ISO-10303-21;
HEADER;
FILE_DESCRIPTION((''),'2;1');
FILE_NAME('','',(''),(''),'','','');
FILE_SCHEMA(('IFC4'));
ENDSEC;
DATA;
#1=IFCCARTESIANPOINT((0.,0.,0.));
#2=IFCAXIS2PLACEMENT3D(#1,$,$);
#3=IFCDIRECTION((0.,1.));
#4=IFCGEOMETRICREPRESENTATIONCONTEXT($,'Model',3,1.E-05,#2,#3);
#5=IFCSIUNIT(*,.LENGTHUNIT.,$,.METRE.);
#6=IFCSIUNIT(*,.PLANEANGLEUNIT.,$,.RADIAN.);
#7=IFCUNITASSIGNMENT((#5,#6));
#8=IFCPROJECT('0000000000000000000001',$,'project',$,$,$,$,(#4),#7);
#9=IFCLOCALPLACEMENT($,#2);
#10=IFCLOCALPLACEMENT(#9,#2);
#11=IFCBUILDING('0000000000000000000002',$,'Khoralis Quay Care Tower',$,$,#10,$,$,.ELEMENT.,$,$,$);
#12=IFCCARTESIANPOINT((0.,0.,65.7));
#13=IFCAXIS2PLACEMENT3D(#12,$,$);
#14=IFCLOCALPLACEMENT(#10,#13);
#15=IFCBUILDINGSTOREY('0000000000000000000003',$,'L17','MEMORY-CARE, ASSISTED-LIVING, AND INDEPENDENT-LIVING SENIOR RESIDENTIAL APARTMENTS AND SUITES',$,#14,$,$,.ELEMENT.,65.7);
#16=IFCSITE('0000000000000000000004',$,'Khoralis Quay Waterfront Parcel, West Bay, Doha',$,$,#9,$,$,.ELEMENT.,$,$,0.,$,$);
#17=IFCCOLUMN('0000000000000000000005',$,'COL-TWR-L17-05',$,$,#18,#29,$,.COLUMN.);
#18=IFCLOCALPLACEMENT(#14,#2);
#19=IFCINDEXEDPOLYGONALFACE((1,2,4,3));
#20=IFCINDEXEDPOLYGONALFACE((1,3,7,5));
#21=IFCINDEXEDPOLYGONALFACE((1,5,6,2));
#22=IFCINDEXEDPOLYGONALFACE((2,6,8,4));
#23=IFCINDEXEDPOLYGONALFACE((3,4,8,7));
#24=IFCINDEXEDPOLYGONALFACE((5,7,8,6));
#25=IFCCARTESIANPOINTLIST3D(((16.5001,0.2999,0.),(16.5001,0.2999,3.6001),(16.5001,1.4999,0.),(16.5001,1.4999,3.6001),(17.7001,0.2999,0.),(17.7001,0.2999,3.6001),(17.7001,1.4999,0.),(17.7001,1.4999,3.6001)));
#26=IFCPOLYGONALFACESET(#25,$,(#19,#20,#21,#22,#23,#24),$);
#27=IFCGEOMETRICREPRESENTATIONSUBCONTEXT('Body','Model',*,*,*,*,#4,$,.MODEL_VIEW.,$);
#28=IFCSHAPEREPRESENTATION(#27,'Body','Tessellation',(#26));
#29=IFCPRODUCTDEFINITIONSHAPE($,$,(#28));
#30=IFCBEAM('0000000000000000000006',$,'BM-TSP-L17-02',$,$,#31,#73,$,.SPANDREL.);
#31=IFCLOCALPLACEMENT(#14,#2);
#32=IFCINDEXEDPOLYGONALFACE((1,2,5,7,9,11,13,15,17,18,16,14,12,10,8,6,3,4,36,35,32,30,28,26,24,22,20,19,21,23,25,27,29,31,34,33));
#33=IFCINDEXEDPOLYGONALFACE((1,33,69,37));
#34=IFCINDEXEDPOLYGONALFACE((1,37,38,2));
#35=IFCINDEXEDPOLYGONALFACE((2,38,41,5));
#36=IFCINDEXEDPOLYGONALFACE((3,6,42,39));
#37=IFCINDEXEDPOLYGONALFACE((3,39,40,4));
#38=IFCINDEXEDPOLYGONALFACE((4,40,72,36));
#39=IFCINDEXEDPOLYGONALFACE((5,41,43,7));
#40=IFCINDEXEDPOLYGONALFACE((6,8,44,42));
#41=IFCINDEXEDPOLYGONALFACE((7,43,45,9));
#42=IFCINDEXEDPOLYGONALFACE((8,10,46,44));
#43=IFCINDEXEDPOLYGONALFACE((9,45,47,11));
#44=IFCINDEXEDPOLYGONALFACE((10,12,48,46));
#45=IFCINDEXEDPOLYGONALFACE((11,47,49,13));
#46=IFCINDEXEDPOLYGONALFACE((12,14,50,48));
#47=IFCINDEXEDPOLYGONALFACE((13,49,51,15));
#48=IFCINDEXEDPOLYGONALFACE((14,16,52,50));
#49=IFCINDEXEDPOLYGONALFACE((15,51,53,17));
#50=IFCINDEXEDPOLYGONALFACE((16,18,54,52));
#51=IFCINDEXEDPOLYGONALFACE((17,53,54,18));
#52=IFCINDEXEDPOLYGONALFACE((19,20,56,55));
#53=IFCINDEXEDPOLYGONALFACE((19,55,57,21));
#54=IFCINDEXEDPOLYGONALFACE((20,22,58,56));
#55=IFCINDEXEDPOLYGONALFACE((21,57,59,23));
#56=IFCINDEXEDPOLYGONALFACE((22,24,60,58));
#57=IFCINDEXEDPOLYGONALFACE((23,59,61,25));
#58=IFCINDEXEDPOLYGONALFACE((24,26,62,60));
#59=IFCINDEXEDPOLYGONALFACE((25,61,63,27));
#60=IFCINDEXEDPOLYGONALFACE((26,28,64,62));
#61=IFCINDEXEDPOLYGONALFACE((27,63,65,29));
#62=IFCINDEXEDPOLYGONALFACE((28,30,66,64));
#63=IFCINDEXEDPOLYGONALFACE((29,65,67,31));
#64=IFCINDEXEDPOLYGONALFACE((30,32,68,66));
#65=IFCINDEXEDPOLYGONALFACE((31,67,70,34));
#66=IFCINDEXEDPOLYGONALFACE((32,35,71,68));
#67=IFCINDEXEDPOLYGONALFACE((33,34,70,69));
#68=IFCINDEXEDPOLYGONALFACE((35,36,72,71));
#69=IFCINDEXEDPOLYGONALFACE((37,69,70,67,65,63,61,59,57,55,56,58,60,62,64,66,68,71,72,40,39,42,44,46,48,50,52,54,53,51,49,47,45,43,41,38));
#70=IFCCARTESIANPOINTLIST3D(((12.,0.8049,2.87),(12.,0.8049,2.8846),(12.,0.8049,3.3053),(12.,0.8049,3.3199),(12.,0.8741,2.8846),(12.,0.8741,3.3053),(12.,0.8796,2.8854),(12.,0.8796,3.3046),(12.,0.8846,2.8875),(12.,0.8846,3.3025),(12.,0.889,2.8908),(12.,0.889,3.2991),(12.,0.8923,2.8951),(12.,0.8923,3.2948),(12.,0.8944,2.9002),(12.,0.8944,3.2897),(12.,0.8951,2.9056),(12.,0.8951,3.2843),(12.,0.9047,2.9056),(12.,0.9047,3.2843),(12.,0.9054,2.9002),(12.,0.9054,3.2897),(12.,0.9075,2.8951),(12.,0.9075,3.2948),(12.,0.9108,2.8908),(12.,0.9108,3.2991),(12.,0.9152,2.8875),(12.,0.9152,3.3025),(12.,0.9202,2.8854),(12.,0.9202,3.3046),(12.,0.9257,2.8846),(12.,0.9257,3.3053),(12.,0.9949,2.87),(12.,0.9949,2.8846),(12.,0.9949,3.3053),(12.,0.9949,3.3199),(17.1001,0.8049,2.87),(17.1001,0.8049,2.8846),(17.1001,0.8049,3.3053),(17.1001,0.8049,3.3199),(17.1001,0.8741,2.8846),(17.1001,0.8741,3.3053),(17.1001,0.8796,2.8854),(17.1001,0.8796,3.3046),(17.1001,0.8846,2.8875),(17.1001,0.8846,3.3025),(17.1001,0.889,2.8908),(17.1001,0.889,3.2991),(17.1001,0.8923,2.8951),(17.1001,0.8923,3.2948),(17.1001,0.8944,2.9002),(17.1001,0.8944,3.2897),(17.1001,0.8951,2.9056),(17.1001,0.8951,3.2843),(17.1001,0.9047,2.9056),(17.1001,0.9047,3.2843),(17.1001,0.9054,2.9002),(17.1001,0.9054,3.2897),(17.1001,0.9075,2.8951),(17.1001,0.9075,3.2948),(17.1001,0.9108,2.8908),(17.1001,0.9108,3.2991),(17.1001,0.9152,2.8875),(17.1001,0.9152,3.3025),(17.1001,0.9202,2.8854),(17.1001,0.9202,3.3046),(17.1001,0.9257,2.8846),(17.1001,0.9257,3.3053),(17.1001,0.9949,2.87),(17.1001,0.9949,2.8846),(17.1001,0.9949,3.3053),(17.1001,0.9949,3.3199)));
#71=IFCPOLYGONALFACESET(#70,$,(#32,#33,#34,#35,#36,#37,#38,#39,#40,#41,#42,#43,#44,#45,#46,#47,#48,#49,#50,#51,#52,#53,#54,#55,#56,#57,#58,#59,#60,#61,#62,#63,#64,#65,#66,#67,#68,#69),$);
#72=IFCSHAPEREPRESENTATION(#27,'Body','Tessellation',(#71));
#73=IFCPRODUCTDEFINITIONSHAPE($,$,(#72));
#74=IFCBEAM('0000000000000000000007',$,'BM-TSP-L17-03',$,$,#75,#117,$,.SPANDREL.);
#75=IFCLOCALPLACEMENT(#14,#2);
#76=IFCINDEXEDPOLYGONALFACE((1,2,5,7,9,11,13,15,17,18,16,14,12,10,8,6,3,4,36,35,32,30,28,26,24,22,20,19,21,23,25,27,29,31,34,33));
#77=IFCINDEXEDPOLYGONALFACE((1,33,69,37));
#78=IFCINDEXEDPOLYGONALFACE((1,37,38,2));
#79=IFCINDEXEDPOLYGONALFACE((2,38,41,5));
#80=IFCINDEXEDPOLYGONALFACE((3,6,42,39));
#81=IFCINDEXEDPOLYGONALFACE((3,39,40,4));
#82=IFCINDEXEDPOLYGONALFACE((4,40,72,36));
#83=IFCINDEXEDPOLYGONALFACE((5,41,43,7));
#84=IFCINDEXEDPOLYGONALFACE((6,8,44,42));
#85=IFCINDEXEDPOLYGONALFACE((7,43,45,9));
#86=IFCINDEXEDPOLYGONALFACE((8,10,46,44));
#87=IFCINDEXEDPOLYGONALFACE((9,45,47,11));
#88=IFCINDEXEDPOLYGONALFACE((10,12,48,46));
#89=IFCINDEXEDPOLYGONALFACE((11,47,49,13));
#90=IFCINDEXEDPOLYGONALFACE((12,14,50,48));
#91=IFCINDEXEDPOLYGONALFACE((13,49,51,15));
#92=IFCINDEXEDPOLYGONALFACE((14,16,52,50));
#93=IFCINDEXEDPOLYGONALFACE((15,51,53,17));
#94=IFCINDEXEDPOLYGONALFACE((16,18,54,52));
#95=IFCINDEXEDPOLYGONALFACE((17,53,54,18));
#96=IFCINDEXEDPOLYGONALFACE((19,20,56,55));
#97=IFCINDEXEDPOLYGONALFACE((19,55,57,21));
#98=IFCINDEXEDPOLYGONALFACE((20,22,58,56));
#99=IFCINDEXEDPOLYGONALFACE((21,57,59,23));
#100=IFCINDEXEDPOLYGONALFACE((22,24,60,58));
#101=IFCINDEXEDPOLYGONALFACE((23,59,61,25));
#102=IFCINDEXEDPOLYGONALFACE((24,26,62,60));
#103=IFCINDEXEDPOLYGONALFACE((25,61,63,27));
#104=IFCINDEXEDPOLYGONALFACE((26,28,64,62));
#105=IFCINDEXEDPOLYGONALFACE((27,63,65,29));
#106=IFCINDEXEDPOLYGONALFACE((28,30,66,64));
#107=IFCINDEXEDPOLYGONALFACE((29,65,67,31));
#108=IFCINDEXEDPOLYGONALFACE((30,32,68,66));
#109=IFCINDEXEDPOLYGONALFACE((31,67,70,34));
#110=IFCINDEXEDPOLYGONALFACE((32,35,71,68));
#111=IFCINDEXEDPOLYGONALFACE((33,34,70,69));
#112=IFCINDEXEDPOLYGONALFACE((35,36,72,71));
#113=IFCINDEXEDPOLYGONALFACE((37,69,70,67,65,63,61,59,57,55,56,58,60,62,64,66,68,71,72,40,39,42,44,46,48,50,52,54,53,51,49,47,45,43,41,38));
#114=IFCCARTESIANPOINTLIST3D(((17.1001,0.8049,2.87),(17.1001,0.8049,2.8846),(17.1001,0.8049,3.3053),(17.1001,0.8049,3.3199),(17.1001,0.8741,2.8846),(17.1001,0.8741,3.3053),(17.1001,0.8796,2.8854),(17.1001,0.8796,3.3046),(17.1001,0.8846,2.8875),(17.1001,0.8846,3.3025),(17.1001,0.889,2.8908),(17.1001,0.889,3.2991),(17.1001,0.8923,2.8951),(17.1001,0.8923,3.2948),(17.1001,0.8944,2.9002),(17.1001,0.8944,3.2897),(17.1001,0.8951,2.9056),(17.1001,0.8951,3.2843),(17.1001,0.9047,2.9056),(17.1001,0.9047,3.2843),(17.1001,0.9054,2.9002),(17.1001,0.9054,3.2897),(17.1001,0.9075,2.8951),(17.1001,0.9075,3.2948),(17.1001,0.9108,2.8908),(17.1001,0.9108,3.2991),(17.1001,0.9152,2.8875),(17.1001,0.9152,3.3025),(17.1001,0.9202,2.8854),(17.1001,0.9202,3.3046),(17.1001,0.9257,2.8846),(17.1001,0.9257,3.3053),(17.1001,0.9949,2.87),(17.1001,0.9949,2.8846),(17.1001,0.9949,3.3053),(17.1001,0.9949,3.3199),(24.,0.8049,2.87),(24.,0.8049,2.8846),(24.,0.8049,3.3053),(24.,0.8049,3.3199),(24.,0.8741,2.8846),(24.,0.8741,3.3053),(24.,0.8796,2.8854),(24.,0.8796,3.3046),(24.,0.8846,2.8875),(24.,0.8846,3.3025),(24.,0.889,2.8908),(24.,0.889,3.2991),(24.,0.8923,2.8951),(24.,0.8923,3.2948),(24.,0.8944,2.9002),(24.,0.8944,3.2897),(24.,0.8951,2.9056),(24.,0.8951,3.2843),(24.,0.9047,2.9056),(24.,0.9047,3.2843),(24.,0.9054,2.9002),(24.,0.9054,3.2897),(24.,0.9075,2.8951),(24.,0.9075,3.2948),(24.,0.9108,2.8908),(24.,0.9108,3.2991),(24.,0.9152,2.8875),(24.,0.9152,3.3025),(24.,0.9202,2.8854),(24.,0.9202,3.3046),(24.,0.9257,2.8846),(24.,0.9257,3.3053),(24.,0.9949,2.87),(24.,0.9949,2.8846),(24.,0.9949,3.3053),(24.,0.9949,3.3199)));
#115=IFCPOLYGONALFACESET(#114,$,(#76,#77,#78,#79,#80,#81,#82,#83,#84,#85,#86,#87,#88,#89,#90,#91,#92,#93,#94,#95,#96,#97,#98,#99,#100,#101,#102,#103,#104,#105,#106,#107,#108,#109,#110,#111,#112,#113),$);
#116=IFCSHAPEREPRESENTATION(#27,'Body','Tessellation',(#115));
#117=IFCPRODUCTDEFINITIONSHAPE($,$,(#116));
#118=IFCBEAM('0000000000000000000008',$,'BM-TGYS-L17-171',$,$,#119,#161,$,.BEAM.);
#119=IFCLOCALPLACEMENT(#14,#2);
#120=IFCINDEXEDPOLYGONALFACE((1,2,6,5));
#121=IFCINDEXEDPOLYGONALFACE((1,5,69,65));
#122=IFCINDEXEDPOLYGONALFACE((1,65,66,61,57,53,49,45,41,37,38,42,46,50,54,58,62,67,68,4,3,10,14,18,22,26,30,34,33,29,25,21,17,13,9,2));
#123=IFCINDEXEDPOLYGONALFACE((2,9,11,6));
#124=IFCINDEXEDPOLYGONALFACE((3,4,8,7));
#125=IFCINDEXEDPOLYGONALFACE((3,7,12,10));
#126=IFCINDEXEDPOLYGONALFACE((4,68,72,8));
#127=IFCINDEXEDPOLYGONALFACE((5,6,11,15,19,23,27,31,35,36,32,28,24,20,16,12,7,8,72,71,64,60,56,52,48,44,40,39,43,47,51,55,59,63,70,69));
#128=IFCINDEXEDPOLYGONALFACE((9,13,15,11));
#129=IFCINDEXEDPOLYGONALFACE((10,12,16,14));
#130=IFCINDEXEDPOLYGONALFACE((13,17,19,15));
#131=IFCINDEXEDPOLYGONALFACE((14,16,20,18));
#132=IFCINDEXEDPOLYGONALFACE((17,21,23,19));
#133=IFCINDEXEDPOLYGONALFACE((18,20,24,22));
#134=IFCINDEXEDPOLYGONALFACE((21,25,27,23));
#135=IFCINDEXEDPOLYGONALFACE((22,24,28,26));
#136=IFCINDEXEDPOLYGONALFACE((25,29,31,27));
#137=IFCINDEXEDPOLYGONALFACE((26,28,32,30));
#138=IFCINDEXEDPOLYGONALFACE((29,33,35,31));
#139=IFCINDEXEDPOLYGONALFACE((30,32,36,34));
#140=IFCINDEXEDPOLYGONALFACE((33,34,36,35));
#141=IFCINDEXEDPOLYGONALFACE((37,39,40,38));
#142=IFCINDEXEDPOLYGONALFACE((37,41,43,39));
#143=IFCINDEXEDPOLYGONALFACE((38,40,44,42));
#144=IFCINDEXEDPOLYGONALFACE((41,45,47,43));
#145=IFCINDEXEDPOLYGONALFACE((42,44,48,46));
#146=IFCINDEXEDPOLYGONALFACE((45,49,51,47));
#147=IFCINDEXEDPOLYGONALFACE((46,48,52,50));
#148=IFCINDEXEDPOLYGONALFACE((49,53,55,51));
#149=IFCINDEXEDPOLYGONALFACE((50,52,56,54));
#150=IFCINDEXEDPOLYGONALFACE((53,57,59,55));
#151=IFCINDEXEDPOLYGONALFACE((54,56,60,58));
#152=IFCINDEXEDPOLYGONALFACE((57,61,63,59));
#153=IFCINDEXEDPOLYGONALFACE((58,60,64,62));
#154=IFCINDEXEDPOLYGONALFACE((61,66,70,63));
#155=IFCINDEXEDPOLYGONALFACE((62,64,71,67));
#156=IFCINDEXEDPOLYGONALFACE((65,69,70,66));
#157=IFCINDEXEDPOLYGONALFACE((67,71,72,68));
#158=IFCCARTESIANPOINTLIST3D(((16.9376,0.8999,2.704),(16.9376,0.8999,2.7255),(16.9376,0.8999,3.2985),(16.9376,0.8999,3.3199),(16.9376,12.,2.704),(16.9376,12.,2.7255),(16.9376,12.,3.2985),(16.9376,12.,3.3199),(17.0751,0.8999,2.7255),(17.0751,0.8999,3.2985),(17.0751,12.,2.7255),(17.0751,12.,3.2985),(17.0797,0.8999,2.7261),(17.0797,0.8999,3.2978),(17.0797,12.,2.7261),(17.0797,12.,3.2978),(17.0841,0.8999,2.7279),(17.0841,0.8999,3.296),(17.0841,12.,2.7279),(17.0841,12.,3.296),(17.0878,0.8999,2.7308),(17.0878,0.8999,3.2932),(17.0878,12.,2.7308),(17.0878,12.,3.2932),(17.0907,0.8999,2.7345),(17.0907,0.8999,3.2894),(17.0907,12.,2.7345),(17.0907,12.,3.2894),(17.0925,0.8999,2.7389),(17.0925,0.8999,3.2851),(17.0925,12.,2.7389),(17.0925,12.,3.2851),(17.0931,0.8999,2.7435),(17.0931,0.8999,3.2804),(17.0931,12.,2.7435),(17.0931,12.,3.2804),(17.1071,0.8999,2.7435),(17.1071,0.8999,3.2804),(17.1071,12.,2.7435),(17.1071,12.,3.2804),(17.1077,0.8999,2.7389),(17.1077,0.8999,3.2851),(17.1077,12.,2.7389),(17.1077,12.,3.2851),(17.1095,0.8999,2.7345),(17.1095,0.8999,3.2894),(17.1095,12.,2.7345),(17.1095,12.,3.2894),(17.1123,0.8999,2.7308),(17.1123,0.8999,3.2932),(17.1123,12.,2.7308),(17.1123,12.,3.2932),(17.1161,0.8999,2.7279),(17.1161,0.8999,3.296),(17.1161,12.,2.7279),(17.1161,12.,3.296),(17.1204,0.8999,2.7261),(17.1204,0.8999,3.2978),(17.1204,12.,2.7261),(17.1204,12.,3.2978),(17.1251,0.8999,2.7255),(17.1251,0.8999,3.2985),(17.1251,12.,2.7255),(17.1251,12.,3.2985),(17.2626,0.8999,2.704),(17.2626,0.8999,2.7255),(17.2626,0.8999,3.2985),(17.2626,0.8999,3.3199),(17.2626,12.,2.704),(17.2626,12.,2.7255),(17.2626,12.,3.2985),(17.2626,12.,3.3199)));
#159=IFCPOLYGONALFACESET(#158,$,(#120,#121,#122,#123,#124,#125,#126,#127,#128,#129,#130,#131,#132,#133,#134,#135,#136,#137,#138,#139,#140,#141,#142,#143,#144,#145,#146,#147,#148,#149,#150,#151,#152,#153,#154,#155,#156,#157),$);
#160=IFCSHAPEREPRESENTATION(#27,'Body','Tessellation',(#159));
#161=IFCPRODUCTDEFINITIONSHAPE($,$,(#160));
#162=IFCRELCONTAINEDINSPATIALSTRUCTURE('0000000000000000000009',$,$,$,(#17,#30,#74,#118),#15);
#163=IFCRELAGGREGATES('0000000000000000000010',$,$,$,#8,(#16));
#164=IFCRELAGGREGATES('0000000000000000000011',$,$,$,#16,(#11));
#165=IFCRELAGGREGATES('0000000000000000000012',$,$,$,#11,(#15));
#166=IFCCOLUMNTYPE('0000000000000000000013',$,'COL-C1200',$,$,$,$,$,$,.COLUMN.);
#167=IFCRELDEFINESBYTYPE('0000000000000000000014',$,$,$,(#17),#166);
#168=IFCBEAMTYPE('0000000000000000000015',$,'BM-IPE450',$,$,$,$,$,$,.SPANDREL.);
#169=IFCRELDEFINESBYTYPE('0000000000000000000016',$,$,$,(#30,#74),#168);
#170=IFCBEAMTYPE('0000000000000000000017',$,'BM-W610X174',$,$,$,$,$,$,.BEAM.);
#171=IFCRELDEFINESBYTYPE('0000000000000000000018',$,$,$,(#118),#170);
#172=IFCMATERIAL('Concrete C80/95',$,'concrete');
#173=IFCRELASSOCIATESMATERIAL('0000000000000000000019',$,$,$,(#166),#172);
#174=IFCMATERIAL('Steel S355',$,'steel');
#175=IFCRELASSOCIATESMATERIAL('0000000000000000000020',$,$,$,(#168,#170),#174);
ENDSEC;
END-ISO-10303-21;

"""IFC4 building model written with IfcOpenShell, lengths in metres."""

from ifc_helpers import new_model, si_unit, direction, frame, origin, origin_2d, place, context, subcontext, project, spatial, rectangle, i_section, extrude, source, transform, mapped, material, material_profile, profile_set, type_object, element, save


model = new_model("IFC4")

# Units and contexts
model_context = context("Model", 3, precision=1e-05, world=origin(), true_north=direction((0.0, 1.0)))
body_context = subcontext(model_context, "Body", "Model", "MODEL_VIEW")
ifc_project = project(units=[si_unit("LENGTHUNIT", "METRE"), si_unit("PLANEANGLEUNIT", "RADIAN")], contexts=[model_context])

# Site, building, storey
site_placement = place(None, origin())
site = spatial("IfcSite", under=ifc_project, at=site_placement, Name="Khoralis Quay Waterfront Parcel, West Bay, Doha", CompositionType="ELEMENT", RefElevation=0.0)
building_placement = place(site_placement, origin())
building = spatial("IfcBuilding", under=site, at=building_placement, Name="Khoralis Quay Care Tower", CompositionType="ELEMENT")
storey_placement = place(building_placement, frame((0.0, 0.0, 65.7)))
storey = spatial("IfcBuildingStorey", under=building, at=storey_placement, Name="L17", Description="MEMORY-CARE, ASSISTED-LIVING, AND INDEPENDENT-LIVING SENIOR RESIDENTIAL APARTMENTS AND SUITES", CompositionType="ELEMENT", Elevation=65.7)

# Column
ifc_material_1 = material(Name="Concrete C80/95", Category="concrete")
ifc_material_profile_1 = material_profile(ifc_material_1, rectangle(XDim=1.2, YDim=1.2, at=origin_2d()), Name="Concrete C80/95")
ifc_profile_set_1 = profile_set([ifc_material_profile_1], Name="Concrete C80/95")
column_type = type_object("IfcColumnType", Name="COL-C1200", PredefinedType="COLUMN", material=ifc_profile_set_1)
shared_shape_1 = source(origin(), body_context, "Body", "SweptSolid", [
    extrude(rectangle(XDim=1.2, YDim=1.2, at=origin_2d()), origin(), (0.0, 0.0, 1.0), 3.6001),
])
column_placement = place(storey_placement, frame((17.1001, 0.8999, 0.0), z_axis=(0.0, 0.0, 1.0), x_axis=(1.0, 0.0, 0.0)))
element("IfcColumn", 1, at=column_placement, inside=storey, type_object=column_type, Name="COL-TWR-L17-05", PredefinedType="COLUMN", context=body_context, shape_type="MappedRepresentation", body=[
    mapped(shared_shape_1, transform((0.0, 0.0, 0.0), scale=1.0)),
])

# Beams
ifc_material_2 = material(Name="Steel S355", Category="steel")
ifc_material_profile_2 = material_profile(ifc_material_2, i_section(OverallWidth=0.1899, OverallDepth=0.45, WebThickness=0.0095, FlangeThickness=0.0146, FilletRadius=0.021, at=origin_2d()), Name="Steel S355")
ifc_profile_set_2 = profile_set([ifc_material_profile_2], Name="Steel S355")
beam_type_1 = type_object("IfcBeamType", Name="BM-IPE450", PredefinedType="SPANDREL", material=ifc_profile_set_2)
shared_shape_2 = source(origin(), body_context, "Body", "SweptSolid", [
    extrude(i_section(OverallWidth=0.1899, OverallDepth=0.45, WebThickness=0.0095, FlangeThickness=0.0146, FilletRadius=0.021, at=origin_2d()), origin(), (0.0, 0.0, 1.0), 5.1001),
])
beam_1_placement = place(storey_placement, frame((12.0, 0.8999, 3.095), z_axis=(1.0, 0.0, 0.0), x_axis=(0.0, 1.0, 0.0)))
element("IfcBeam", 2, at=beam_1_placement, inside=storey, type_object=beam_type_1, Name="BM-TSP-L17-02", PredefinedType="SPANDREL", context=body_context, shape_type="MappedRepresentation", body=[
    mapped(shared_shape_2, transform((0.0, 0.0, 0.0), scale=1.0)),
])
shared_shape_3 = source(origin(), body_context, "Body", "SweptSolid", [
    extrude(i_section(OverallWidth=0.1899, OverallDepth=0.45, WebThickness=0.0095, FlangeThickness=0.0146, FilletRadius=0.021, at=origin_2d()), origin(), (0.0, 0.0, 1.0), 6.8999),
])
beam_2_placement = place(storey_placement, frame((17.1001, 0.8999, 3.095), z_axis=(1.0, 0.0, 0.0), x_axis=(0.0, 1.0, 0.0)))
element("IfcBeam", 3, at=beam_2_placement, inside=storey, type_object=beam_type_1, Name="BM-TSP-L17-03", PredefinedType="SPANDREL", context=body_context, shape_type="MappedRepresentation", body=[
    mapped(shared_shape_3, transform((0.0, 0.0, 0.0), scale=1.0)),
])
ifc_material_profile_3 = material_profile(ifc_material_2, i_section(OverallWidth=0.325, OverallDepth=0.616, WebThickness=0.0139, FlangeThickness=0.0215, FilletRadius=0.0181, at=origin_2d()), Name="Steel S355")
ifc_profile_set_3 = profile_set([ifc_material_profile_3], Name="Steel S355")
beam_type_2 = type_object("IfcBeamType", Name="BM-W610X174", PredefinedType="BEAM", material=ifc_profile_set_3)
shared_shape_4 = source(origin(), body_context, "Body", "SweptSolid", [
    extrude(i_section(OverallWidth=0.325, OverallDepth=0.616, WebThickness=0.0139, FlangeThickness=0.0215, FilletRadius=0.0181, at=origin_2d()), origin(), (0.0, 0.0, 1.0), 11.1001),
])
beam_3_placement = place(storey_placement, frame((17.1001, 0.8999, 3.012), z_axis=(0.0, 1.0, 0.0), x_axis=(-1.0, 0.0, 0.0)))
element("IfcBeam", 4, at=beam_3_placement, inside=storey, type_object=beam_type_2, Name="BM-TGYS-L17-171", PredefinedType="BEAM", context=body_context, shape_type="MappedRepresentation", body=[
    mapped(shared_shape_4, transform((0.0, 0.0, 0.0), scale=1.0)),
])

save(model, "model.ifc")
